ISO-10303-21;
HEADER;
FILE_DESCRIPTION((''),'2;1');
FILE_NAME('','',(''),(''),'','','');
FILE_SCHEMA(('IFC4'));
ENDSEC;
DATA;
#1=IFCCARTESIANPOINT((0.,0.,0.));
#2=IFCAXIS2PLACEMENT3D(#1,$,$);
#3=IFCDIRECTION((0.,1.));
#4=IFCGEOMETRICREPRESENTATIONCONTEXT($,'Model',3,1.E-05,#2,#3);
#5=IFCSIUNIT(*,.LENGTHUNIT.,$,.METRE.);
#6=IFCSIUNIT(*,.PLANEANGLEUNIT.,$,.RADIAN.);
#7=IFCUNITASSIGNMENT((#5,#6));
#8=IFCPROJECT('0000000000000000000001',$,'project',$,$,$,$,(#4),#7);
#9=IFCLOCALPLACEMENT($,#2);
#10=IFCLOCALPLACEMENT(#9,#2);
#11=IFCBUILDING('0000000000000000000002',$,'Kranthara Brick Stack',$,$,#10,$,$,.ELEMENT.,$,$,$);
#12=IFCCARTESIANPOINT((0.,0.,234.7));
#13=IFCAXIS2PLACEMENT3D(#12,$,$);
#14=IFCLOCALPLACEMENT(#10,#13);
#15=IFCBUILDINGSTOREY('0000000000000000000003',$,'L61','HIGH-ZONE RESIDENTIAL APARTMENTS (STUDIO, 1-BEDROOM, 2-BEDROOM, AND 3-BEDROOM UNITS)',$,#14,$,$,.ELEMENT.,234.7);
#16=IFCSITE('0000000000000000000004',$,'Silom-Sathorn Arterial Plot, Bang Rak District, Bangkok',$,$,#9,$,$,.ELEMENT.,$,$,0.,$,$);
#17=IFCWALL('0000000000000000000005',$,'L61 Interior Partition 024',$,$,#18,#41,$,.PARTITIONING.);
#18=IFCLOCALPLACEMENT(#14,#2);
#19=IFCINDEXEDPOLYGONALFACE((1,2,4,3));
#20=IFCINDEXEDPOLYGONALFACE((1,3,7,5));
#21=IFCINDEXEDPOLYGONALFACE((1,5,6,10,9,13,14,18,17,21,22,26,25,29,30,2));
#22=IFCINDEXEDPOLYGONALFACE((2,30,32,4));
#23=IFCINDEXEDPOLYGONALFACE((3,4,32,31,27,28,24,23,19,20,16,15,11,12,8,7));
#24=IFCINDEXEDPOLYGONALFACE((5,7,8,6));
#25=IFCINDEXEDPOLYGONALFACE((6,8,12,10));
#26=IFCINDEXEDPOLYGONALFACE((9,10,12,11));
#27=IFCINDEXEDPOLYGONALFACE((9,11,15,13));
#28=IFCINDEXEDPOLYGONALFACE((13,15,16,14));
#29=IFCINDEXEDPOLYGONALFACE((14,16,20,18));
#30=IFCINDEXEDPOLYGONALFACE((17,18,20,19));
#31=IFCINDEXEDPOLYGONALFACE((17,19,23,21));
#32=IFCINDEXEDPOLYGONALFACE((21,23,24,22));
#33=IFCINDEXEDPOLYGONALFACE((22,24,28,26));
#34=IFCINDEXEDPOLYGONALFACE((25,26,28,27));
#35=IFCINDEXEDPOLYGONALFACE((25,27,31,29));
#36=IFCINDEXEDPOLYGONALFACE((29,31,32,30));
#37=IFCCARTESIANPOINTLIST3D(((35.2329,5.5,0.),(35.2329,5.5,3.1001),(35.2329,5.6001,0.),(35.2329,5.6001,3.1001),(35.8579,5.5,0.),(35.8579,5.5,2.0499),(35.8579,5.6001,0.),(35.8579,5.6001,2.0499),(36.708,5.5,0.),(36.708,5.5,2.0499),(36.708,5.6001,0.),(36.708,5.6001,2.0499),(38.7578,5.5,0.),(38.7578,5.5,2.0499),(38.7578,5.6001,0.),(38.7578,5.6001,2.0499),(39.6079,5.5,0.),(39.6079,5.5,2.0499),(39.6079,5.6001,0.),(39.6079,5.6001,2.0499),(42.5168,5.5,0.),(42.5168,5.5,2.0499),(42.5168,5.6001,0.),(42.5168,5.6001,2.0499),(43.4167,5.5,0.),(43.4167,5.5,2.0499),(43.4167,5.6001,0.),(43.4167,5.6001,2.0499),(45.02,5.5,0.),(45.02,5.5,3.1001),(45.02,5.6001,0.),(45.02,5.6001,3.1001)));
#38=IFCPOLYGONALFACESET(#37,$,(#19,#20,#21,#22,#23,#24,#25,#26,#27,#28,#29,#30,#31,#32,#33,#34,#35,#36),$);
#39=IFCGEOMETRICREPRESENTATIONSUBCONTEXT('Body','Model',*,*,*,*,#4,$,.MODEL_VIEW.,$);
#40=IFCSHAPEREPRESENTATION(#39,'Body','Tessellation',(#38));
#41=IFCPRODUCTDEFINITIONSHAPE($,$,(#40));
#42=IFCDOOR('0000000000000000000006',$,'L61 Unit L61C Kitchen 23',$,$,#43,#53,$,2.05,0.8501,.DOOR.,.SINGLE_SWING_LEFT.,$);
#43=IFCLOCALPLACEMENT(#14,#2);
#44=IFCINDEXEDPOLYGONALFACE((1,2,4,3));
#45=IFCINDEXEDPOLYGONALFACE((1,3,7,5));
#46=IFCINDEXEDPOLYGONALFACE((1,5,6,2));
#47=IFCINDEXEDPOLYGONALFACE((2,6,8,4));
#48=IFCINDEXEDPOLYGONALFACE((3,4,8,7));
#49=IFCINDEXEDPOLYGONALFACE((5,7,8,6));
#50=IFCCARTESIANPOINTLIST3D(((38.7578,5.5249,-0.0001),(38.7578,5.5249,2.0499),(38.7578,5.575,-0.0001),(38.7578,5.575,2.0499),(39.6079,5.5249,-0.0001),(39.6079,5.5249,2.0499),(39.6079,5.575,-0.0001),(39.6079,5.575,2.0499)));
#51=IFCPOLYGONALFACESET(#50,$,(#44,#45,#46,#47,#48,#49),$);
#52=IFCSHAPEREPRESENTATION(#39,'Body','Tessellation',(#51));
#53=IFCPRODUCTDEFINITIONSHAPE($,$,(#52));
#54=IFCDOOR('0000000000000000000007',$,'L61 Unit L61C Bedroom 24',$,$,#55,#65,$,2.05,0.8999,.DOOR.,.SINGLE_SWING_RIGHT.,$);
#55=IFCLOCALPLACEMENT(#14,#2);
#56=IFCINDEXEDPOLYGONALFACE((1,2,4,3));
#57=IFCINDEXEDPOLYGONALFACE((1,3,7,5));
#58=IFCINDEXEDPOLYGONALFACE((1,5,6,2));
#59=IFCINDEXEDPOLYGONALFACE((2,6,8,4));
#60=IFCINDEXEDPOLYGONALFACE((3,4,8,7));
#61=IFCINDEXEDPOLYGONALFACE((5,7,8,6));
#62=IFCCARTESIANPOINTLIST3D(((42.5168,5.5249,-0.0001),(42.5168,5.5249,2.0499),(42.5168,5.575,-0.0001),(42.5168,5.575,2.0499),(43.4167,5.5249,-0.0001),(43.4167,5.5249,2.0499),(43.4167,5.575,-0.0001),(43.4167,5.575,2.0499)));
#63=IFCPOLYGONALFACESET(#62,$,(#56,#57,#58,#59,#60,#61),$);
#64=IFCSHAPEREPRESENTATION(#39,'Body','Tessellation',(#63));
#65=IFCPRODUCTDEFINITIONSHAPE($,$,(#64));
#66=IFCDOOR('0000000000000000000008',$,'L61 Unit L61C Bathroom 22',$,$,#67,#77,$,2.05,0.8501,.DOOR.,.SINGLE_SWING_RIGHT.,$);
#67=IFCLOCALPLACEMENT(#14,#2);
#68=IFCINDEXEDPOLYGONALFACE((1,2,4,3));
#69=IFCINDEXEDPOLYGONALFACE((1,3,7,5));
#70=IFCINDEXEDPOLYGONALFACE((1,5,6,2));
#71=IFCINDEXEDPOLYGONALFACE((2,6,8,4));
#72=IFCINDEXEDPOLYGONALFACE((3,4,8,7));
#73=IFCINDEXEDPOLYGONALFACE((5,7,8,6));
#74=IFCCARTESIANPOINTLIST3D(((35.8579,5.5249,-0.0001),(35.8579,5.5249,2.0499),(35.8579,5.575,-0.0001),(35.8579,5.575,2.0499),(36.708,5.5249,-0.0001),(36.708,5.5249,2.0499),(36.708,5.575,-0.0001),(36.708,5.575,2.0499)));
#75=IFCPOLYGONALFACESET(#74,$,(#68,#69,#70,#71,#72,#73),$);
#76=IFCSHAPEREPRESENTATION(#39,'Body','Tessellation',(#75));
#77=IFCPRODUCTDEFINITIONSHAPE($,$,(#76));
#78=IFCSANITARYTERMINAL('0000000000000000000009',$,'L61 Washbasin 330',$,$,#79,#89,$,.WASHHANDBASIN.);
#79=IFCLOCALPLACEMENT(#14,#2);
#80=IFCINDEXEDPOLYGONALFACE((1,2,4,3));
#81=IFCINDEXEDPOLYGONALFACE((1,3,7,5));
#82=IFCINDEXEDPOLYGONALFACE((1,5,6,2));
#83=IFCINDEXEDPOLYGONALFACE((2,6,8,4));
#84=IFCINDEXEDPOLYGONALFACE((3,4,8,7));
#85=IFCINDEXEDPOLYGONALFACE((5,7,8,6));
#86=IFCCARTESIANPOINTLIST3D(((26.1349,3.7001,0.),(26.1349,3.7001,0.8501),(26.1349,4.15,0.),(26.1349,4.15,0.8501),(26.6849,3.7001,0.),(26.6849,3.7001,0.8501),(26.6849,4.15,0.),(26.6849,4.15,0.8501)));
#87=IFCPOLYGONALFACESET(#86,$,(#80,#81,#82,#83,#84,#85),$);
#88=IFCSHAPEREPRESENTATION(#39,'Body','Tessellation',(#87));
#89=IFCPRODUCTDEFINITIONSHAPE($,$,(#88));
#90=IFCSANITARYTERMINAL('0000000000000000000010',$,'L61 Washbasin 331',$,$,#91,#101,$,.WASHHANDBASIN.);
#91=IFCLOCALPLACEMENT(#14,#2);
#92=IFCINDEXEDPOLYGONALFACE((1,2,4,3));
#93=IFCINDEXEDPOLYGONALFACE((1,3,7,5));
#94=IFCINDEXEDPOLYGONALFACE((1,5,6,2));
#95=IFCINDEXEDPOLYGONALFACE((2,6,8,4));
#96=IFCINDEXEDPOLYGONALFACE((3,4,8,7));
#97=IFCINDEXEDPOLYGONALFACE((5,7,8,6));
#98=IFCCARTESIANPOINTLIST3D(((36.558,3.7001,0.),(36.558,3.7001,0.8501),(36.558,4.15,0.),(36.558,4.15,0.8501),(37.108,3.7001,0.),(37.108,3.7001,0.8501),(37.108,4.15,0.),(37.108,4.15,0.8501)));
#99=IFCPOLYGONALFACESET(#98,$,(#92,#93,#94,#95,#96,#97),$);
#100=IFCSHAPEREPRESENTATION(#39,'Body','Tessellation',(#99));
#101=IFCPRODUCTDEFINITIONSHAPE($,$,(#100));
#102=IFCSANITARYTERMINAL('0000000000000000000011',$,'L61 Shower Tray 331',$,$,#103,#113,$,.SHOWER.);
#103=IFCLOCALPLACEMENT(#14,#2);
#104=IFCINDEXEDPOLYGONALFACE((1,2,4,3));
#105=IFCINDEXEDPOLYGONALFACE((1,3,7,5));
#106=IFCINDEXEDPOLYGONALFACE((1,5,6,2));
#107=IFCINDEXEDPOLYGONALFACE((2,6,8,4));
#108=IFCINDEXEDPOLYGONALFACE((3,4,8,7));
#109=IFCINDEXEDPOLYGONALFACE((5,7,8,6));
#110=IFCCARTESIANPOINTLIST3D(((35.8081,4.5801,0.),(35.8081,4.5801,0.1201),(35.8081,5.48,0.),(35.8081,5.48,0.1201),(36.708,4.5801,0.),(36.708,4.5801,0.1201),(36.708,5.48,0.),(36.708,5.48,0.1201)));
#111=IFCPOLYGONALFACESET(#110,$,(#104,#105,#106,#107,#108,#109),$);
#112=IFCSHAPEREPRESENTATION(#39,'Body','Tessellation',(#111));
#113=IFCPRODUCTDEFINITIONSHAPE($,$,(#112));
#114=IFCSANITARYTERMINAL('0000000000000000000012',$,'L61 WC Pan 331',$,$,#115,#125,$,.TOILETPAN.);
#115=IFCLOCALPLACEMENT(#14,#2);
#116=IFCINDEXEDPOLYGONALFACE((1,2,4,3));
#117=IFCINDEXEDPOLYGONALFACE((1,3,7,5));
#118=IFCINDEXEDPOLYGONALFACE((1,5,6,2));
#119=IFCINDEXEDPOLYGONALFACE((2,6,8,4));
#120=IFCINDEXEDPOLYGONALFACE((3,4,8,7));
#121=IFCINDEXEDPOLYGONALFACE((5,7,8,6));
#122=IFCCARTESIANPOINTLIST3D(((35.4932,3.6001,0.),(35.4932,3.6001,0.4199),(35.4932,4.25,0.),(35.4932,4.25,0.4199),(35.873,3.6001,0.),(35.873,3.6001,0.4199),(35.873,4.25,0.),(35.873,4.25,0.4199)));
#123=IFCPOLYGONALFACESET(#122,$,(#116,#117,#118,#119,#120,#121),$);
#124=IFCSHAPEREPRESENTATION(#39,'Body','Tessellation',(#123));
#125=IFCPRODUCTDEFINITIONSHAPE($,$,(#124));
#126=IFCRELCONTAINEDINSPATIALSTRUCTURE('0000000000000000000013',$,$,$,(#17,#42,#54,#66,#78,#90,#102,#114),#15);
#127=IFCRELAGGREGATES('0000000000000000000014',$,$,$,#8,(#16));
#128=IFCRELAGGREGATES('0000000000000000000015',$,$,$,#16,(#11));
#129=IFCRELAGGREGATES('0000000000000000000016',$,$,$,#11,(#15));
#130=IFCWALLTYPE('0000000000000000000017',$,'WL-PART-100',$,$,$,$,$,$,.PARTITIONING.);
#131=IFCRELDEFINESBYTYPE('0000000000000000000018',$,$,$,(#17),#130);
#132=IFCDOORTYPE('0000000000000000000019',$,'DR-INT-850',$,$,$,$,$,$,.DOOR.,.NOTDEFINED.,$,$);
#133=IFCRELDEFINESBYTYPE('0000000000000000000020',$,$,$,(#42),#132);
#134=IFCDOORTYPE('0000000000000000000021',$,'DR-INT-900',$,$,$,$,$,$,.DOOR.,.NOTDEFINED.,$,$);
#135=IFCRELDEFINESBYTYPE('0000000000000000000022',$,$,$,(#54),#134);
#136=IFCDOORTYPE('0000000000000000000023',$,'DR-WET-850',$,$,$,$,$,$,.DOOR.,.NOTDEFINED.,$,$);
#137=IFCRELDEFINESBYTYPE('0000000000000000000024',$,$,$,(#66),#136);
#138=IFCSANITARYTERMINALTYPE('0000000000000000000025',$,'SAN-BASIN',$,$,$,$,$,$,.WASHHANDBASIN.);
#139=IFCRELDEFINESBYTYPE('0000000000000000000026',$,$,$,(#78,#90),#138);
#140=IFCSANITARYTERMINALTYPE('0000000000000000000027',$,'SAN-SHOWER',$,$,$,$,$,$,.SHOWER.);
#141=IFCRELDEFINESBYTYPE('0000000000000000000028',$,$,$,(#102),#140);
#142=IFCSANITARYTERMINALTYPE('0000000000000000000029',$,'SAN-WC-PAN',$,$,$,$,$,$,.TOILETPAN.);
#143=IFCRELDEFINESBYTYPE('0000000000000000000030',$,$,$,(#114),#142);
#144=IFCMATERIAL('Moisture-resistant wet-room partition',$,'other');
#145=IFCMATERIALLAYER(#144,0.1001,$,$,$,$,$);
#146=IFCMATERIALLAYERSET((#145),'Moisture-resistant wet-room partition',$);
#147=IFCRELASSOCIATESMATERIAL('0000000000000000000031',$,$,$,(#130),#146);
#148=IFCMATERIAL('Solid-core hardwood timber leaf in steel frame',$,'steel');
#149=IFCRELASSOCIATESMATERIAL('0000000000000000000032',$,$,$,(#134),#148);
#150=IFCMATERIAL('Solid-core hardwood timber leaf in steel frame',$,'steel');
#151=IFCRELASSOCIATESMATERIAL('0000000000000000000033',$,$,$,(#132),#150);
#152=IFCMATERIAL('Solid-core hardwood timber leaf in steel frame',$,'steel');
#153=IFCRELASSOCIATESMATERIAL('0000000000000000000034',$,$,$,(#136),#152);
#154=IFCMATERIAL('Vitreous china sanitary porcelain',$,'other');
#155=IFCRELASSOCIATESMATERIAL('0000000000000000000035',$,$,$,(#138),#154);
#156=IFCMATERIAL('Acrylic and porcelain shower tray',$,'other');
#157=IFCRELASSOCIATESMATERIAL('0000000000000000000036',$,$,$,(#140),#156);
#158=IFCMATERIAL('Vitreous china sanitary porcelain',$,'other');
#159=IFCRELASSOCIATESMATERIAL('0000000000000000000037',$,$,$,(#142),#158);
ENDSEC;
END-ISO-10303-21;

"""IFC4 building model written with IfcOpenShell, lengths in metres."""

from ifc_helpers import new_model, si_unit, direction, frame, frame_2d, origin, origin_2d, place, context, subcontext, project, spatial, rectangle, extrude, material, layer, layer_set, type_object, element, fill, save


model = new_model("IFC4")

# Units and contexts
model_context = context("Model", 3, precision=1e-05, world=origin(), true_north=direction((0.0, 1.0)))
body_context = subcontext(model_context, "Body", "Model", "MODEL_VIEW")
ifc_project = project(units=[si_unit("LENGTHUNIT", "METRE"), si_unit("PLANEANGLEUNIT", "RADIAN")], contexts=[model_context])

# Site, building, storey
site_placement = place(None, origin())
site = spatial("IfcSite", under=ifc_project, at=site_placement, Name="Silom-Sathorn Arterial Plot, Bang Rak District, Bangkok", CompositionType="ELEMENT", RefElevation=0.0)
building_placement = place(site_placement, origin())
building = spatial("IfcBuilding", under=site, at=building_placement, Name="Kranthara Brick Stack", CompositionType="ELEMENT")
storey_placement = place(building_placement, frame((0.0, 0.0, 234.7)))
storey = spatial("IfcBuildingStorey", under=building, at=storey_placement, Name="L61", Description="HIGH-ZONE RESIDENTIAL APARTMENTS (STUDIO, 1-BEDROOM, 2-BEDROOM, AND 3-BEDROOM UNITS)", CompositionType="ELEMENT", Elevation=234.7)

# Shared definitions
ifc_material_1 = material(Name="Moisture-resistant wet-room partition", Category="other")
ifc_layer_1 = layer(ifc_material_1, 0.1001)
ifc_layer_set_1 = layer_set([ifc_layer_1], Name="Moisture-resistant wet-room partition")
wall_type_1 = type_object("IfcWallType", Name="WL-PART-100", PredefinedType="PARTITIONING", material=ifc_layer_set_1)
ifc_material_2 = material(Name="Solid-core hardwood timber leaf in steel frame", Category="steel")
door_type_1 = type_object("IfcDoorType", Name="DR-INT-900", OperationType="NOTDEFINED", PredefinedType="DOOR", material=ifc_material_2)

# Wall, openings, doors
wall_1_placement = place(storey_placement, frame((35.2329, 5.55, 0.0), z_axis=(0.0, 0.0, 1.0), x_axis=(1.0, 0.0, 0.0)))
wall_1 = element("IfcWall", 1, at=wall_1_placement, inside=storey, type_object=wall_type_1, Name="L61 Interior Partition 024", PredefinedType="PARTITIONING", context=body_context, shape_type="SweptSolid", body=[
    extrude(rectangle(XDim=9.7871, YDim=0.1001, at=frame_2d((4.8936, 0.0))), origin(), (0.0, 0.0, 1.0), 3.1001),
])
opening_1_placement = place(wall_1_placement, frame((0.625, 0.0, 0.0)))
opening_1 = element("IfcOpeningElement", 2, at=opening_1_placement, cuts=wall_1, PredefinedType="OPENING", context=body_context, shape_type="SweptSolid", body=[
    extrude(rectangle(XDim=0.8501, YDim=2.05, at=frame_2d((0.425, 1.0249))), frame((0.0, 0.0601, 0.0), z_axis=(0.0, -1.0, 0.0), x_axis=(1.0, 0.0, 0.0)), (0.0, 0.0, 1.0), 0.1201),
])
opening_2_placement = place(wall_1_placement, frame((3.5249, 0.0, 0.0)))
opening_2 = element("IfcOpeningElement", 3, at=opening_2_placement, cuts=wall_1, PredefinedType="OPENING", context=body_context, shape_type="SweptSolid", body=[
    extrude(rectangle(XDim=0.8501, YDim=2.05, at=frame_2d((0.425, 1.0249))), frame((0.0, 0.0601, 0.0), z_axis=(0.0, -1.0, 0.0), x_axis=(1.0, 0.0, 0.0)), (0.0, 0.0, 1.0), 0.1201),
])
opening_3_placement = place(wall_1_placement, frame((7.2839, 0.0, 0.0)))
opening_3 = element("IfcOpeningElement", 4, at=opening_3_placement, cuts=wall_1, PredefinedType="OPENING", context=body_context, shape_type="SweptSolid", body=[
    extrude(rectangle(XDim=0.8999, YDim=2.05, at=frame_2d((0.45, 1.0249))), frame((0.0, 0.0601, 0.0), z_axis=(0.0, -1.0, 0.0), x_axis=(1.0, 0.0, 0.0)), (0.0, 0.0, 1.0), 0.1201),
])
ifc_material_3 = material(Name="Solid-core hardwood timber leaf in steel frame", Category="steel")
door_type_2 = type_object("IfcDoorType", Name="DR-INT-850", OperationType="NOTDEFINED", PredefinedType="DOOR", material=ifc_material_3)
door_1_placement = place(opening_2_placement, origin())
door_1 = element("IfcDoor", 5, at=door_1_placement, inside=storey, type_object=door_type_2, Name="L61 Unit L61C Kitchen 23", OperationType="SINGLE_SWING_LEFT", OverallHeight=2.05, OverallWidth=0.8501, PredefinedType="DOOR", context=body_context, shape_type="SweptSolid", body=[
    extrude(rectangle(XDim=0.8501, YDim=2.05, at=frame_2d((0.425, 1.0249))), frame((0.0, 0.0249, 0.0), z_axis=(0.0, -1.0, 0.0), x_axis=(1.0, 0.0, 0.0)), (0.0, 0.0, 1.0), 0.05),
])
fill(opening_2, door_1)
door_2_placement = place(opening_3_placement, origin())
door_2 = element("IfcDoor", 6, at=door_2_placement, inside=storey, type_object=door_type_1, Name="L61 Unit L61C Bedroom 24", OperationType="SINGLE_SWING_RIGHT", OverallHeight=2.05, OverallWidth=0.8999, PredefinedType="DOOR", context=body_context, shape_type="SweptSolid", body=[
    extrude(rectangle(XDim=0.8999, YDim=2.05, at=frame_2d((0.45, 1.0249))), frame((0.0, 0.0249, 0.0), z_axis=(0.0, -1.0, 0.0), x_axis=(1.0, 0.0, 0.0)), (0.0, 0.0, 1.0), 0.05),
])
fill(opening_3, door_2)
ifc_material_4 = material(Name="Solid-core hardwood timber leaf in steel frame", Category="steel")
door_type_3 = type_object("IfcDoorType", Name="DR-WET-850", OperationType="NOTDEFINED", PredefinedType="DOOR", material=ifc_material_4)
door_3_placement = place(opening_1_placement, origin())
door_3 = element("IfcDoor", 7, at=door_3_placement, inside=storey, type_object=door_type_3, Name="L61 Unit L61C Bathroom 22", OperationType="SINGLE_SWING_RIGHT", OverallHeight=2.05, OverallWidth=0.8501, PredefinedType="DOOR", context=body_context, shape_type="SweptSolid", body=[
    extrude(rectangle(XDim=0.8501, YDim=2.05, at=frame_2d((0.425, 1.0249))), frame((0.0, 0.0249, 0.0), z_axis=(0.0, -1.0, 0.0), x_axis=(1.0, 0.0, 0.0)), (0.0, 0.0, 1.0), 0.05),
])
fill(opening_1, door_3)

# Sanitary terminals
ifc_material_5 = material(Name="Vitreous china sanitary porcelain", Category="other")
sanitary_terminal_type_1 = type_object("IfcSanitaryTerminalType", Name="SAN-BASIN", PredefinedType="WASHHANDBASIN", material=ifc_material_5)
for number, where, z_axis, x_axis, name in (
    (8, (26.4099, 3.925, 0.0), (0.0, 0.0, 1.0), (1.0, 0.0, 0.0), "L61 Washbasin 330"),
    (9, (36.833, 3.925, 0.0), (0.0, 0.0, 1.0), (1.0, 0.0, 0.0), "L61 Washbasin 331"),
):
    element("IfcSanitaryTerminal", number, at=place(storey_placement, frame(where, z_axis=z_axis, x_axis=x_axis)), inside=storey, type_object=sanitary_terminal_type_1, Name=name, PredefinedType="WASHHANDBASIN", context=body_context, shape_type="SweptSolid", body=[
        extrude(rectangle(XDim=0.55, YDim=0.45, at=origin_2d()), origin(), (0.0, 0.0, 1.0), 0.8501),
    ])
ifc_material_6 = material(Name="Acrylic and porcelain shower tray", Category="other")
sanitary_terminal_type_2 = type_object("IfcSanitaryTerminalType", Name="SAN-SHOWER", PredefinedType="SHOWER", material=ifc_material_6)
sanitary_terminal_1_placement = place(storey_placement, frame((36.2581, 5.03, 0.0), z_axis=(0.0, 0.0, 1.0), x_axis=(1.0, 0.0, 0.0)))
element("IfcSanitaryTerminal", 10, at=sanitary_terminal_1_placement, inside=storey, type_object=sanitary_terminal_type_2, Name="L61 Shower Tray 331", PredefinedType="SHOWER", context=body_context, shape_type="SweptSolid", body=[
    extrude(rectangle(XDim=0.8999, YDim=0.8999, at=origin_2d()), origin(), (0.0, 0.0, 1.0), 0.1201),
])
ifc_material_7 = material(Name="Vitreous china sanitary porcelain", Category="other")
sanitary_terminal_type_3 = type_object("IfcSanitaryTerminalType", Name="SAN-WC-PAN", PredefinedType="TOILETPAN", material=ifc_material_7)
sanitary_terminal_2_placement = place(storey_placement, frame((35.6831, 3.925, 0.0), z_axis=(0.0, 0.0, 1.0), x_axis=(1.0, 0.0, 0.0)))
element("IfcSanitaryTerminal", 11, at=sanitary_terminal_2_placement, inside=storey, type_object=sanitary_terminal_type_3, Name="L61 WC Pan 331", PredefinedType="TOILETPAN", context=body_context, shape_type="SweptSolid", body=[
    extrude(rectangle(XDim=0.3799, YDim=0.6499, at=origin_2d()), origin(), (0.0, 0.0, 1.0), 0.4199),
])

save(model, "model.ifc")
